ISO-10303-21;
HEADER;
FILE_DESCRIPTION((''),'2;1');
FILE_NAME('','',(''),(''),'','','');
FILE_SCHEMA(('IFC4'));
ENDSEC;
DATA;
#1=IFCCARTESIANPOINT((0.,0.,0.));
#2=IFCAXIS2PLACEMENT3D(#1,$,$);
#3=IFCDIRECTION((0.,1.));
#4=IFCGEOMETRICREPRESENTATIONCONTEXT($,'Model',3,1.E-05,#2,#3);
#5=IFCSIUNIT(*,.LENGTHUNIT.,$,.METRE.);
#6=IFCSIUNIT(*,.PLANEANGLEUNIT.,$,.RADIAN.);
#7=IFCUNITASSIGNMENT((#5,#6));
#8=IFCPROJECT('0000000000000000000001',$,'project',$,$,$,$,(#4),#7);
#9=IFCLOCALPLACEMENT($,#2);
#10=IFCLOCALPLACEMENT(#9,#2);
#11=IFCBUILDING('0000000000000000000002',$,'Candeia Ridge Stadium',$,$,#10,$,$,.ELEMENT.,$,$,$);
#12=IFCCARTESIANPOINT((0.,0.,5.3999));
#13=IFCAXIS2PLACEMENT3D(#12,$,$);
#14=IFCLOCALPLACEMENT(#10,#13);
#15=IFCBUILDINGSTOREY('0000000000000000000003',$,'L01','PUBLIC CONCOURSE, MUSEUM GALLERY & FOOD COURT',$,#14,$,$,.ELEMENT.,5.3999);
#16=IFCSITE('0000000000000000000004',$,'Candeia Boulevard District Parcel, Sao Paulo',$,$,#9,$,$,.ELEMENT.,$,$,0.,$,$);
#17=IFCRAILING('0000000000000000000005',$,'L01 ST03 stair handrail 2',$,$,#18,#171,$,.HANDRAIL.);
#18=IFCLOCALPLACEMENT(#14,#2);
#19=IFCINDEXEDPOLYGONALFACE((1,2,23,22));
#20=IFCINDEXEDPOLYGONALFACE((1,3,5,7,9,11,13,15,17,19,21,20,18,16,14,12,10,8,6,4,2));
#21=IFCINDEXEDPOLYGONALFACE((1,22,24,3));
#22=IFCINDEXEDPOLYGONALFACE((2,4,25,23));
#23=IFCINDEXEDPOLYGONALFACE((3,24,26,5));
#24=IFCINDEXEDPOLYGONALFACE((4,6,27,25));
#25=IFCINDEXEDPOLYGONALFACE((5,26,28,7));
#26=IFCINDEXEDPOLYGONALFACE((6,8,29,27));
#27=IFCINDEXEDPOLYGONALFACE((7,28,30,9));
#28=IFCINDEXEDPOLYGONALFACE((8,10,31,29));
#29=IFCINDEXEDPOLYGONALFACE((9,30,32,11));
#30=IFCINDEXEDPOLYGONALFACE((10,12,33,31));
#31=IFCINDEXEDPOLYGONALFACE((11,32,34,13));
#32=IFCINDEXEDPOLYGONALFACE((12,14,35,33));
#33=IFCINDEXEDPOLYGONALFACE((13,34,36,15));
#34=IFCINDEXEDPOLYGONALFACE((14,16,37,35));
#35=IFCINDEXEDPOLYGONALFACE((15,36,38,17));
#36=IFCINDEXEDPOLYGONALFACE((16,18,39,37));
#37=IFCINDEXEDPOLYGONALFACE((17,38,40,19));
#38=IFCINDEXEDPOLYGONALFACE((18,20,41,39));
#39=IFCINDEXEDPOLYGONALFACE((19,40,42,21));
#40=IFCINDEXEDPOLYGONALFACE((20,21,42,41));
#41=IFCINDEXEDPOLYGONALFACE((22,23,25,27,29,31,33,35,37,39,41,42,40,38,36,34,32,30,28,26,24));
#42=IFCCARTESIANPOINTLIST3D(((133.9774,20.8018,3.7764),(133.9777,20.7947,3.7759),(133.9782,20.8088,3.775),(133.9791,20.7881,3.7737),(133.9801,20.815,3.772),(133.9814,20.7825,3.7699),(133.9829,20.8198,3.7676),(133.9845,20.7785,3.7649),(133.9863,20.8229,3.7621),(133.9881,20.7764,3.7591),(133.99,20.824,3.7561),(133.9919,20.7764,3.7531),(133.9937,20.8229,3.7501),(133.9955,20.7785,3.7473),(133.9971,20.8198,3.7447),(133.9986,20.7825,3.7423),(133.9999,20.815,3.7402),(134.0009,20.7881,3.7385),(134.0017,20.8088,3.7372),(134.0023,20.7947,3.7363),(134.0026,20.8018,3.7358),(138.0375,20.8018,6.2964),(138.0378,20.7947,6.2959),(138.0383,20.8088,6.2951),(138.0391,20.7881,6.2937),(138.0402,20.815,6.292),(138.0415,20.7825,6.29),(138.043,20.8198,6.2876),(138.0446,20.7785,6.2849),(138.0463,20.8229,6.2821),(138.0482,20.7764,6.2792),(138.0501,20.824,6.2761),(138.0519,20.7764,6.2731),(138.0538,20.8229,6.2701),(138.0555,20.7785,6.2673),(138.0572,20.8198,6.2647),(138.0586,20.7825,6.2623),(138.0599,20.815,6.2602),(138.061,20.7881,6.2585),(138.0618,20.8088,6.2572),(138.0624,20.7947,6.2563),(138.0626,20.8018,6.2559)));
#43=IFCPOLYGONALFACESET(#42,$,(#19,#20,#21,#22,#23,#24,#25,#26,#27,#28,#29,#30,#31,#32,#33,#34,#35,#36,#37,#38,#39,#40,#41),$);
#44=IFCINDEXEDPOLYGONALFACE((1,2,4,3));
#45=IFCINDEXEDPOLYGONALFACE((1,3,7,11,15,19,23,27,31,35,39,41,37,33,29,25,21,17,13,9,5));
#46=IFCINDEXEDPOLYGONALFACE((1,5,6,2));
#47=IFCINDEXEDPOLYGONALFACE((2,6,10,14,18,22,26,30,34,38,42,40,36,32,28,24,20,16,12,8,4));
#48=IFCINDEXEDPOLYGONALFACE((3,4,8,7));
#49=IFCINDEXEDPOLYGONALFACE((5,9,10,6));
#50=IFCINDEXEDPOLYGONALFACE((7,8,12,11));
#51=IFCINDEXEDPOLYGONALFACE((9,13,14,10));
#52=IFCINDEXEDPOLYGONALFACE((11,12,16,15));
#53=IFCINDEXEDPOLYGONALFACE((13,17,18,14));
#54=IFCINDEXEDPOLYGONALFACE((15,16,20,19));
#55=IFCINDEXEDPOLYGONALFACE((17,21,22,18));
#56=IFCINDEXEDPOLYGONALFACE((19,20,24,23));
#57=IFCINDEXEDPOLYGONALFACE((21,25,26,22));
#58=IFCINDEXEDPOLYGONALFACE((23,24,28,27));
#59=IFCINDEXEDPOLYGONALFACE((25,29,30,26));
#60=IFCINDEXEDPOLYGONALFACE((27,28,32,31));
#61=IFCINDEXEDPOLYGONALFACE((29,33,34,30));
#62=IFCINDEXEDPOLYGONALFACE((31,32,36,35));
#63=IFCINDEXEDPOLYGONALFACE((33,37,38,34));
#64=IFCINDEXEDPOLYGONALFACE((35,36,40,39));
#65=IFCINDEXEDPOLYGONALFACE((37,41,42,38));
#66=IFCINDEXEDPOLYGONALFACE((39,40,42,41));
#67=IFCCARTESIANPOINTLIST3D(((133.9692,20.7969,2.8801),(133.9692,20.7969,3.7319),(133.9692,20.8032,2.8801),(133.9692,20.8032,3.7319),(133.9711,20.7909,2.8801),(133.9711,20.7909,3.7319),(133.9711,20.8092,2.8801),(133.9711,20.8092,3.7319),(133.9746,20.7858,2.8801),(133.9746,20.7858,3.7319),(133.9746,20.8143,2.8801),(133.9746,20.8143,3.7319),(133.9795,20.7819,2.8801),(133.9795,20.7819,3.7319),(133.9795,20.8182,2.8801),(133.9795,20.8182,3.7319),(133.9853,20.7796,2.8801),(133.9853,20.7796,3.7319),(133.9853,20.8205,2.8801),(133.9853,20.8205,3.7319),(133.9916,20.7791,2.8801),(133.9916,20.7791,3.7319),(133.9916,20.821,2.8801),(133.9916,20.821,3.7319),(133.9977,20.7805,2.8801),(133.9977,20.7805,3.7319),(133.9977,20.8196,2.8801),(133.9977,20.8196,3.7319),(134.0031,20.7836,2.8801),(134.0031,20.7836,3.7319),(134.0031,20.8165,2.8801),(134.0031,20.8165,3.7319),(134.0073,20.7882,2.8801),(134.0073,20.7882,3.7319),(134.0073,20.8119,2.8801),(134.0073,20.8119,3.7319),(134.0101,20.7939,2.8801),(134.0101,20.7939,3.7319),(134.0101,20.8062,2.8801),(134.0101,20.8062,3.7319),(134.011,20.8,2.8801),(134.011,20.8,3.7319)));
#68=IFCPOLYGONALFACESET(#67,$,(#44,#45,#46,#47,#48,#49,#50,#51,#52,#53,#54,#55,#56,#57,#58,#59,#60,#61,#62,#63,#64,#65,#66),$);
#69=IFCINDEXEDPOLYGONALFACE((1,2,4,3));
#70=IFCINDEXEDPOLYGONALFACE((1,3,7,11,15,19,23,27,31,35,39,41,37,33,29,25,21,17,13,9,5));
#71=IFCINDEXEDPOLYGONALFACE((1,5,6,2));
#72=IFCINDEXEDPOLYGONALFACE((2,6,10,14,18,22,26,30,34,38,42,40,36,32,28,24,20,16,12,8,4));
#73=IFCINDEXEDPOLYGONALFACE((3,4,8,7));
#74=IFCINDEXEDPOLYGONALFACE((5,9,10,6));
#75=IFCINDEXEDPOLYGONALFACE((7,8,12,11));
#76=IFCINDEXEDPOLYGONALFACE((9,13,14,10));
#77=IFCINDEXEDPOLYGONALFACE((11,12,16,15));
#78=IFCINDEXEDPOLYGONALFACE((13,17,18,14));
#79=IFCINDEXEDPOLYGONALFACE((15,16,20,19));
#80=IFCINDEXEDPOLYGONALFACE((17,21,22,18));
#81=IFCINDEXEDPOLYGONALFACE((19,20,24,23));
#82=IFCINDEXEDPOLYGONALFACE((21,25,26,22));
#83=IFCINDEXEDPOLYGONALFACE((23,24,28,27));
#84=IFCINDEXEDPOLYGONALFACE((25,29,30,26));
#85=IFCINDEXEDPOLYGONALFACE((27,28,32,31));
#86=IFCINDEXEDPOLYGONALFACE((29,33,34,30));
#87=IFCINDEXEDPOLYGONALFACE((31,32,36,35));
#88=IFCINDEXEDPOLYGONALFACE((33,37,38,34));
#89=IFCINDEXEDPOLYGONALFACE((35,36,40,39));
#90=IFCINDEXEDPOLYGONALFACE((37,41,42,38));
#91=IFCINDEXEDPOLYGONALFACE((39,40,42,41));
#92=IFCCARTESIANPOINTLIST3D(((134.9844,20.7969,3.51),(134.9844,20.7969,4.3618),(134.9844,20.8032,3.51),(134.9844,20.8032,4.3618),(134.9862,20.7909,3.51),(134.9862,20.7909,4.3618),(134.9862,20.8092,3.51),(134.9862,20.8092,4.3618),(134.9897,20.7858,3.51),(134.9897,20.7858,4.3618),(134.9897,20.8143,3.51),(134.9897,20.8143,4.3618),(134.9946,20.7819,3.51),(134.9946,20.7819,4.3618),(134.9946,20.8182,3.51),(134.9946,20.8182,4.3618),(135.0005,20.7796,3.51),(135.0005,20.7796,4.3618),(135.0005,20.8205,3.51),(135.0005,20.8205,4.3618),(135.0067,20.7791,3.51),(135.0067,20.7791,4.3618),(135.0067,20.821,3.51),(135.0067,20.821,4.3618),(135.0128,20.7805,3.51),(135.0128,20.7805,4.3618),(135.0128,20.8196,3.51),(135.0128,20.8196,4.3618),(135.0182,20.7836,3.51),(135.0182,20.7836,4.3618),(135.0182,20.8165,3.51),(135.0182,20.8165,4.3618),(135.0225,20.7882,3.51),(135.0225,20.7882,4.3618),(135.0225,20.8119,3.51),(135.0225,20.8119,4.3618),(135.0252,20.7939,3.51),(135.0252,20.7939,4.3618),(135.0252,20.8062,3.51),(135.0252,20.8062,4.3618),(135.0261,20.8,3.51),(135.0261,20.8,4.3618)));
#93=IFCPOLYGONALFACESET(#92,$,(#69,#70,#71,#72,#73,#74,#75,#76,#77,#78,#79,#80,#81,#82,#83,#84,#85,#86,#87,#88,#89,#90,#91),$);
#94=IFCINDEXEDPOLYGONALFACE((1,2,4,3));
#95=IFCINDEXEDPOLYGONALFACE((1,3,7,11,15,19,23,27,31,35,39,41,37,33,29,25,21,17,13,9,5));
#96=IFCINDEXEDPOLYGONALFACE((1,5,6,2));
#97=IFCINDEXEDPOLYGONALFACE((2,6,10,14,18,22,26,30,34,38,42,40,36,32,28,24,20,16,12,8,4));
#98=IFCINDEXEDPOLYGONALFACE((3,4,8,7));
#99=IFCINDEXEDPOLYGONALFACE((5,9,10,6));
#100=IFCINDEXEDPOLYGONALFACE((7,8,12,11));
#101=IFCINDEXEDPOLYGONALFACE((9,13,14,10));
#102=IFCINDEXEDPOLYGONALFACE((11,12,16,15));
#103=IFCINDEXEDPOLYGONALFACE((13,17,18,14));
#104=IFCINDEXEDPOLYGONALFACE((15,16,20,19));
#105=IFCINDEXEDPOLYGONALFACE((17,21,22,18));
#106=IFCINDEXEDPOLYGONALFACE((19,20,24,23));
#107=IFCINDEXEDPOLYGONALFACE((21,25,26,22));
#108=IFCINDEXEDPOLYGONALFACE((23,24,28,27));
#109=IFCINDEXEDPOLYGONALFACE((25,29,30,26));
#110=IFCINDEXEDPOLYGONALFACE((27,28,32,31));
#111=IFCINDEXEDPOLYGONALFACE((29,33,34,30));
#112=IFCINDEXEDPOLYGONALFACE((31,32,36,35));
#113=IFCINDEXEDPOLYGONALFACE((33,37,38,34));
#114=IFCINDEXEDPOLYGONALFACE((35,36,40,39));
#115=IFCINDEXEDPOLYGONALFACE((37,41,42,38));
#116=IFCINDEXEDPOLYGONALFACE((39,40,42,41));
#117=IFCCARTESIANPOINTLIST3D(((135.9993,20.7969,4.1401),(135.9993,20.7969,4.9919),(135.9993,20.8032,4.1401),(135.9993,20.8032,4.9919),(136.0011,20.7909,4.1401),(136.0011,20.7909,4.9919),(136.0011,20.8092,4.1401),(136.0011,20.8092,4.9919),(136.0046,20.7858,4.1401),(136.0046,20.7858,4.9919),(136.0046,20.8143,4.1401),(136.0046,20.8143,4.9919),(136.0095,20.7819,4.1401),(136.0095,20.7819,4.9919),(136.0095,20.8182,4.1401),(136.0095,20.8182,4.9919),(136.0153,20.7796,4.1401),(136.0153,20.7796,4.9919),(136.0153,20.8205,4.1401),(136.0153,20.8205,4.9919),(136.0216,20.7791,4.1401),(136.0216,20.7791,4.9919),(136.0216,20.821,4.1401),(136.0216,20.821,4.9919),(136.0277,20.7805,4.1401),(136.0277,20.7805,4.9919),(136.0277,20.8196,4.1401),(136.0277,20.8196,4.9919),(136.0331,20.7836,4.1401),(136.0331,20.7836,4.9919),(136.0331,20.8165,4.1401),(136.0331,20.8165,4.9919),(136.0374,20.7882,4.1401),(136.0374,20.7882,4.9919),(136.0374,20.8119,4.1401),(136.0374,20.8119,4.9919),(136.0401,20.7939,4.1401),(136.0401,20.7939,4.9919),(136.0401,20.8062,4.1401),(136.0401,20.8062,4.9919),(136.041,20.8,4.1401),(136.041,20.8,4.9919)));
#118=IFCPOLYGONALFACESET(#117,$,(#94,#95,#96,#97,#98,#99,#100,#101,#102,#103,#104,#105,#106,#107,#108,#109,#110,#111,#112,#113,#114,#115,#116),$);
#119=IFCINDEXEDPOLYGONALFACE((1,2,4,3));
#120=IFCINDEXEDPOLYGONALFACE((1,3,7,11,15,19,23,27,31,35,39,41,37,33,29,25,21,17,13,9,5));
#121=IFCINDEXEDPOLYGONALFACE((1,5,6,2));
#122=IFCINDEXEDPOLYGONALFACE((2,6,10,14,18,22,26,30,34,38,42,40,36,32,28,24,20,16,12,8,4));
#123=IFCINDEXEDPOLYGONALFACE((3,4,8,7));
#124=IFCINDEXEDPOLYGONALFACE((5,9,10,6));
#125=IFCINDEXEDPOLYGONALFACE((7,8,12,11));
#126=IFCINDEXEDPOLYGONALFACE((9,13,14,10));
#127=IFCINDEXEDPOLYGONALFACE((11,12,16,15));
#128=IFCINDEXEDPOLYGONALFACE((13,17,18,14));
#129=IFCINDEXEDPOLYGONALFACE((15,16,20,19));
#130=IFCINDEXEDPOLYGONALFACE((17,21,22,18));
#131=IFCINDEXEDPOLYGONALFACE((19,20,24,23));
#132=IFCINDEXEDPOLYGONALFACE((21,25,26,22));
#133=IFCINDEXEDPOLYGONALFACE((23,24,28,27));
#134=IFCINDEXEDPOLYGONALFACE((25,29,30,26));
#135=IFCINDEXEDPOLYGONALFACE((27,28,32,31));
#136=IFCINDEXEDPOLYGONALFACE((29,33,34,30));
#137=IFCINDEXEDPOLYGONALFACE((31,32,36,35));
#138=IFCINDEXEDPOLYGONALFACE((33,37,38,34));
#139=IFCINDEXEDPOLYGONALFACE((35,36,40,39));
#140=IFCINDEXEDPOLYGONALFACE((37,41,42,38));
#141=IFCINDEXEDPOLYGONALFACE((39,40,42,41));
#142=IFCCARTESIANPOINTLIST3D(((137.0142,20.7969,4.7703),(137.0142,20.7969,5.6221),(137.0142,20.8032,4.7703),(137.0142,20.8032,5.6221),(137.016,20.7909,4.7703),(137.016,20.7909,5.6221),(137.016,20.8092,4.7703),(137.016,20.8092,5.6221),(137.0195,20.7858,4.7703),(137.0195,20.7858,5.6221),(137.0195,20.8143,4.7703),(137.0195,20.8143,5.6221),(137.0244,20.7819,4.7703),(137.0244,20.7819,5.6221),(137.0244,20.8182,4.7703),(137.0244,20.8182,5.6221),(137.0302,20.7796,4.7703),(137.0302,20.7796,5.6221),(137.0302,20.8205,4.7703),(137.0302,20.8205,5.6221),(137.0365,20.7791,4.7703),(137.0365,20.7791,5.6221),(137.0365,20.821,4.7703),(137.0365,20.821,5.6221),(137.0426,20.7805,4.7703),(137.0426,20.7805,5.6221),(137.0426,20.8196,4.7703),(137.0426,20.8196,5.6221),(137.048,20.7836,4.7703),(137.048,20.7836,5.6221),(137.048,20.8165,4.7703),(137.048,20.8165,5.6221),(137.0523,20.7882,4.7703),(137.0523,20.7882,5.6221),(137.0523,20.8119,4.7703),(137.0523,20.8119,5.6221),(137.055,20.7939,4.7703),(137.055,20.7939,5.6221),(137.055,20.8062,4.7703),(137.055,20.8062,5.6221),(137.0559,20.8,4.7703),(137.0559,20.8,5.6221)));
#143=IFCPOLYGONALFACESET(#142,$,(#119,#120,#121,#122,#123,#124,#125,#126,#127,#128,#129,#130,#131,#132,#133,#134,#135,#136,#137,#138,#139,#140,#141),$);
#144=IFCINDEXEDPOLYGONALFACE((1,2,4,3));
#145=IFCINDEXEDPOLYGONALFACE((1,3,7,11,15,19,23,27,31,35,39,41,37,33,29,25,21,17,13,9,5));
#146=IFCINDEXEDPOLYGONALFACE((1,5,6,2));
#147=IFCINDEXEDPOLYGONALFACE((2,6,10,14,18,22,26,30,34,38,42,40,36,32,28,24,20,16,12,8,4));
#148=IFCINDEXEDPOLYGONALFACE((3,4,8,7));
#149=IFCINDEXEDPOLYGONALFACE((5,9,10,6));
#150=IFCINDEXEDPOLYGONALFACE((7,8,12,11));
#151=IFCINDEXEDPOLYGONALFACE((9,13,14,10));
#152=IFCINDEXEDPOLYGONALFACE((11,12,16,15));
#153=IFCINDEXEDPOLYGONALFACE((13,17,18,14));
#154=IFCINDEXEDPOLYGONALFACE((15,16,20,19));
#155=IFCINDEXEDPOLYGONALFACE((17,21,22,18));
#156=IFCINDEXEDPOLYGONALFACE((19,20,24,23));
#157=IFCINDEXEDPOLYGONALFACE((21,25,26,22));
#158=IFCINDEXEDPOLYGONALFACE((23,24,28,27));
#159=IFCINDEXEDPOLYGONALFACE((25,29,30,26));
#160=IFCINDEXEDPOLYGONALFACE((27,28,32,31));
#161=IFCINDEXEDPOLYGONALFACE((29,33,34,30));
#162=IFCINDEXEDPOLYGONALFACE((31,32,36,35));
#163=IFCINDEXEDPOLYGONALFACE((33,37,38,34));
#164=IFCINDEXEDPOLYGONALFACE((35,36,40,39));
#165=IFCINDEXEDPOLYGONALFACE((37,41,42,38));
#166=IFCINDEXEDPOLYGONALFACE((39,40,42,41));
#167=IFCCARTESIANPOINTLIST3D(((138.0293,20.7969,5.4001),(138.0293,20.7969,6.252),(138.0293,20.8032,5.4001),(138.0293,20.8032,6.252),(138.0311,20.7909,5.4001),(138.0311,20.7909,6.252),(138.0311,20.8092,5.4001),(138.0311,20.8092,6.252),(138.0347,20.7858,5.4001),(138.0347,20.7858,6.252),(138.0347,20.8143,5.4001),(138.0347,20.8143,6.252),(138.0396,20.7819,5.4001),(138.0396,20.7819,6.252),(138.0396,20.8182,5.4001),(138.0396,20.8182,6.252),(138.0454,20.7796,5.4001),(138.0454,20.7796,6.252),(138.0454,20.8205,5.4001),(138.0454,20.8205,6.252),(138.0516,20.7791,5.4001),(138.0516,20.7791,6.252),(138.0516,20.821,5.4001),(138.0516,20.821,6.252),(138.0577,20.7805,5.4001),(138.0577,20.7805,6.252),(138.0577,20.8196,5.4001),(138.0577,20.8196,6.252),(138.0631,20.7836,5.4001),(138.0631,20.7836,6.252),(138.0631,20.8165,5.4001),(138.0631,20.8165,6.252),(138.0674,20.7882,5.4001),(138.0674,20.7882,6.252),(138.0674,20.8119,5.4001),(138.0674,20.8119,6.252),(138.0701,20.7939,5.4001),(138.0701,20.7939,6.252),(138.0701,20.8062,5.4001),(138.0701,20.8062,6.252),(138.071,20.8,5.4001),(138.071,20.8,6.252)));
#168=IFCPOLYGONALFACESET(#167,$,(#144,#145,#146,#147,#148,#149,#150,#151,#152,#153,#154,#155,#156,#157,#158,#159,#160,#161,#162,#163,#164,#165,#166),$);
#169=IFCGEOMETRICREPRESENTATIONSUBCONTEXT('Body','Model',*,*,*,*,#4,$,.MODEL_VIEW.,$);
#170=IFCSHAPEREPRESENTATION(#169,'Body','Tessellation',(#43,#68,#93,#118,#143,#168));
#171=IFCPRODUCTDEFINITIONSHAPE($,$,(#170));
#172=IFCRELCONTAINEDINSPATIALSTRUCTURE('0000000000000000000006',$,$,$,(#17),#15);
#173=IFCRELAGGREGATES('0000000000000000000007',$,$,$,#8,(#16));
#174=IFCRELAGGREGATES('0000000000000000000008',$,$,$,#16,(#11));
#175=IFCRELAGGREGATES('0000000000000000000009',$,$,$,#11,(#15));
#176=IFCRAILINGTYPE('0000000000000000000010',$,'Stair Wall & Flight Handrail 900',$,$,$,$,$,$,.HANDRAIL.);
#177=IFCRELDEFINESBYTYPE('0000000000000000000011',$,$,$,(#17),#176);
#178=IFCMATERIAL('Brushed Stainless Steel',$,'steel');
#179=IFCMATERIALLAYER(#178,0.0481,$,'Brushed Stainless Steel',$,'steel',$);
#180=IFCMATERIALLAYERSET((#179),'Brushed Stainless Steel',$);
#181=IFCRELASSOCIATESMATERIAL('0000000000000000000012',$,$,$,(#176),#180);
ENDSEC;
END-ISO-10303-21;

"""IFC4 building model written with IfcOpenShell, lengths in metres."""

from ifc_helpers import new_model, si_unit, direction, frame, origin, origin_2d, place, context, subcontext, project, spatial, circle, extrude, material, layer, layer_set, type_object, element, save


model = new_model("IFC4")

# Units and contexts
model_context = context("Model", 3, precision=1e-05, world=origin(), true_north=direction((0.0, 1.0)))
body_context = subcontext(model_context, "Body", "Model", "MODEL_VIEW")
ifc_project = project(units=[si_unit("LENGTHUNIT", "METRE"), si_unit("PLANEANGLEUNIT", "RADIAN")], contexts=[model_context])

# Site, building, storey
site_placement = place(None, origin())
site = spatial("IfcSite", under=ifc_project, at=site_placement, Name="Candeia Boulevard District Parcel, Sao Paulo", CompositionType="ELEMENT", RefElevation=0.0)
building_placement = place(site_placement, origin())
building = spatial("IfcBuilding", under=site, at=building_placement, Name="Candeia Ridge Stadium", CompositionType="ELEMENT")
storey_placement = place(building_placement, frame((0.0, 0.0, 5.3999)))
storey = spatial("IfcBuildingStorey", under=building, at=storey_placement, Name="L01", Description="PUBLIC CONCOURSE, MUSEUM GALLERY & FOOD COURT", CompositionType="ELEMENT", Elevation=5.3999)

# Railing
ifc_material_1 = material(Name="Brushed Stainless Steel", Category="steel")
ifc_layer_1 = layer(ifc_material_1, 0.0481, Name="Brushed Stainless Steel", Category="steel")
ifc_layer_set_1 = layer_set([ifc_layer_1], Name="Brushed Stainless Steel")
railing_type_1 = type_object("IfcRailingType", Name="Stair Wall & Flight Handrail 900", PredefinedType="HANDRAIL", material=ifc_layer_set_1)
railing_1_placement = place(storey_placement, frame((133.99, 20.8, 2.8801)))
element("IfcRailing", 1, at=railing_1_placement, inside=storey, type_object=railing_type_1, Name="L01 ST03 stair handrail 2", PredefinedType="HANDRAIL", context=body_context, shape_type="SweptSolid", body=[
    extrude(circle(Radius=0.0239, at=origin_2d()), frame((0.0, 0.0, 0.876), z_axis=(0.849642, 0.0, 0.52736), x_axis=(0.0, 1.0, 0.0)), (0.0, 0.0, 1.0), 4.7786),
    extrude(circle(Radius=0.021, at=origin_2d()), origin(), (0.0, 0.0, 1.0), 0.8518),
    extrude(circle(Radius=0.021, at=origin_2d()), frame((1.0151, 0.0, 0.6299)), (0.0, 0.0, 1.0), 0.8518),
    extrude(circle(Radius=0.021, at=origin_2d()), frame((2.03, 0.0, 1.26)), (0.0, 0.0, 1.0), 0.8518),
    extrude(circle(Radius=0.021, at=origin_2d()), frame((3.0449, 0.0, 1.8901)), (0.0, 0.0, 1.0), 0.8518),
    extrude(circle(Radius=0.021, at=origin_2d()), frame((4.0601, 0.0, 2.52)), (0.0, 0.0, 1.0), 0.8518),
])

save(model, "model.ifc")
